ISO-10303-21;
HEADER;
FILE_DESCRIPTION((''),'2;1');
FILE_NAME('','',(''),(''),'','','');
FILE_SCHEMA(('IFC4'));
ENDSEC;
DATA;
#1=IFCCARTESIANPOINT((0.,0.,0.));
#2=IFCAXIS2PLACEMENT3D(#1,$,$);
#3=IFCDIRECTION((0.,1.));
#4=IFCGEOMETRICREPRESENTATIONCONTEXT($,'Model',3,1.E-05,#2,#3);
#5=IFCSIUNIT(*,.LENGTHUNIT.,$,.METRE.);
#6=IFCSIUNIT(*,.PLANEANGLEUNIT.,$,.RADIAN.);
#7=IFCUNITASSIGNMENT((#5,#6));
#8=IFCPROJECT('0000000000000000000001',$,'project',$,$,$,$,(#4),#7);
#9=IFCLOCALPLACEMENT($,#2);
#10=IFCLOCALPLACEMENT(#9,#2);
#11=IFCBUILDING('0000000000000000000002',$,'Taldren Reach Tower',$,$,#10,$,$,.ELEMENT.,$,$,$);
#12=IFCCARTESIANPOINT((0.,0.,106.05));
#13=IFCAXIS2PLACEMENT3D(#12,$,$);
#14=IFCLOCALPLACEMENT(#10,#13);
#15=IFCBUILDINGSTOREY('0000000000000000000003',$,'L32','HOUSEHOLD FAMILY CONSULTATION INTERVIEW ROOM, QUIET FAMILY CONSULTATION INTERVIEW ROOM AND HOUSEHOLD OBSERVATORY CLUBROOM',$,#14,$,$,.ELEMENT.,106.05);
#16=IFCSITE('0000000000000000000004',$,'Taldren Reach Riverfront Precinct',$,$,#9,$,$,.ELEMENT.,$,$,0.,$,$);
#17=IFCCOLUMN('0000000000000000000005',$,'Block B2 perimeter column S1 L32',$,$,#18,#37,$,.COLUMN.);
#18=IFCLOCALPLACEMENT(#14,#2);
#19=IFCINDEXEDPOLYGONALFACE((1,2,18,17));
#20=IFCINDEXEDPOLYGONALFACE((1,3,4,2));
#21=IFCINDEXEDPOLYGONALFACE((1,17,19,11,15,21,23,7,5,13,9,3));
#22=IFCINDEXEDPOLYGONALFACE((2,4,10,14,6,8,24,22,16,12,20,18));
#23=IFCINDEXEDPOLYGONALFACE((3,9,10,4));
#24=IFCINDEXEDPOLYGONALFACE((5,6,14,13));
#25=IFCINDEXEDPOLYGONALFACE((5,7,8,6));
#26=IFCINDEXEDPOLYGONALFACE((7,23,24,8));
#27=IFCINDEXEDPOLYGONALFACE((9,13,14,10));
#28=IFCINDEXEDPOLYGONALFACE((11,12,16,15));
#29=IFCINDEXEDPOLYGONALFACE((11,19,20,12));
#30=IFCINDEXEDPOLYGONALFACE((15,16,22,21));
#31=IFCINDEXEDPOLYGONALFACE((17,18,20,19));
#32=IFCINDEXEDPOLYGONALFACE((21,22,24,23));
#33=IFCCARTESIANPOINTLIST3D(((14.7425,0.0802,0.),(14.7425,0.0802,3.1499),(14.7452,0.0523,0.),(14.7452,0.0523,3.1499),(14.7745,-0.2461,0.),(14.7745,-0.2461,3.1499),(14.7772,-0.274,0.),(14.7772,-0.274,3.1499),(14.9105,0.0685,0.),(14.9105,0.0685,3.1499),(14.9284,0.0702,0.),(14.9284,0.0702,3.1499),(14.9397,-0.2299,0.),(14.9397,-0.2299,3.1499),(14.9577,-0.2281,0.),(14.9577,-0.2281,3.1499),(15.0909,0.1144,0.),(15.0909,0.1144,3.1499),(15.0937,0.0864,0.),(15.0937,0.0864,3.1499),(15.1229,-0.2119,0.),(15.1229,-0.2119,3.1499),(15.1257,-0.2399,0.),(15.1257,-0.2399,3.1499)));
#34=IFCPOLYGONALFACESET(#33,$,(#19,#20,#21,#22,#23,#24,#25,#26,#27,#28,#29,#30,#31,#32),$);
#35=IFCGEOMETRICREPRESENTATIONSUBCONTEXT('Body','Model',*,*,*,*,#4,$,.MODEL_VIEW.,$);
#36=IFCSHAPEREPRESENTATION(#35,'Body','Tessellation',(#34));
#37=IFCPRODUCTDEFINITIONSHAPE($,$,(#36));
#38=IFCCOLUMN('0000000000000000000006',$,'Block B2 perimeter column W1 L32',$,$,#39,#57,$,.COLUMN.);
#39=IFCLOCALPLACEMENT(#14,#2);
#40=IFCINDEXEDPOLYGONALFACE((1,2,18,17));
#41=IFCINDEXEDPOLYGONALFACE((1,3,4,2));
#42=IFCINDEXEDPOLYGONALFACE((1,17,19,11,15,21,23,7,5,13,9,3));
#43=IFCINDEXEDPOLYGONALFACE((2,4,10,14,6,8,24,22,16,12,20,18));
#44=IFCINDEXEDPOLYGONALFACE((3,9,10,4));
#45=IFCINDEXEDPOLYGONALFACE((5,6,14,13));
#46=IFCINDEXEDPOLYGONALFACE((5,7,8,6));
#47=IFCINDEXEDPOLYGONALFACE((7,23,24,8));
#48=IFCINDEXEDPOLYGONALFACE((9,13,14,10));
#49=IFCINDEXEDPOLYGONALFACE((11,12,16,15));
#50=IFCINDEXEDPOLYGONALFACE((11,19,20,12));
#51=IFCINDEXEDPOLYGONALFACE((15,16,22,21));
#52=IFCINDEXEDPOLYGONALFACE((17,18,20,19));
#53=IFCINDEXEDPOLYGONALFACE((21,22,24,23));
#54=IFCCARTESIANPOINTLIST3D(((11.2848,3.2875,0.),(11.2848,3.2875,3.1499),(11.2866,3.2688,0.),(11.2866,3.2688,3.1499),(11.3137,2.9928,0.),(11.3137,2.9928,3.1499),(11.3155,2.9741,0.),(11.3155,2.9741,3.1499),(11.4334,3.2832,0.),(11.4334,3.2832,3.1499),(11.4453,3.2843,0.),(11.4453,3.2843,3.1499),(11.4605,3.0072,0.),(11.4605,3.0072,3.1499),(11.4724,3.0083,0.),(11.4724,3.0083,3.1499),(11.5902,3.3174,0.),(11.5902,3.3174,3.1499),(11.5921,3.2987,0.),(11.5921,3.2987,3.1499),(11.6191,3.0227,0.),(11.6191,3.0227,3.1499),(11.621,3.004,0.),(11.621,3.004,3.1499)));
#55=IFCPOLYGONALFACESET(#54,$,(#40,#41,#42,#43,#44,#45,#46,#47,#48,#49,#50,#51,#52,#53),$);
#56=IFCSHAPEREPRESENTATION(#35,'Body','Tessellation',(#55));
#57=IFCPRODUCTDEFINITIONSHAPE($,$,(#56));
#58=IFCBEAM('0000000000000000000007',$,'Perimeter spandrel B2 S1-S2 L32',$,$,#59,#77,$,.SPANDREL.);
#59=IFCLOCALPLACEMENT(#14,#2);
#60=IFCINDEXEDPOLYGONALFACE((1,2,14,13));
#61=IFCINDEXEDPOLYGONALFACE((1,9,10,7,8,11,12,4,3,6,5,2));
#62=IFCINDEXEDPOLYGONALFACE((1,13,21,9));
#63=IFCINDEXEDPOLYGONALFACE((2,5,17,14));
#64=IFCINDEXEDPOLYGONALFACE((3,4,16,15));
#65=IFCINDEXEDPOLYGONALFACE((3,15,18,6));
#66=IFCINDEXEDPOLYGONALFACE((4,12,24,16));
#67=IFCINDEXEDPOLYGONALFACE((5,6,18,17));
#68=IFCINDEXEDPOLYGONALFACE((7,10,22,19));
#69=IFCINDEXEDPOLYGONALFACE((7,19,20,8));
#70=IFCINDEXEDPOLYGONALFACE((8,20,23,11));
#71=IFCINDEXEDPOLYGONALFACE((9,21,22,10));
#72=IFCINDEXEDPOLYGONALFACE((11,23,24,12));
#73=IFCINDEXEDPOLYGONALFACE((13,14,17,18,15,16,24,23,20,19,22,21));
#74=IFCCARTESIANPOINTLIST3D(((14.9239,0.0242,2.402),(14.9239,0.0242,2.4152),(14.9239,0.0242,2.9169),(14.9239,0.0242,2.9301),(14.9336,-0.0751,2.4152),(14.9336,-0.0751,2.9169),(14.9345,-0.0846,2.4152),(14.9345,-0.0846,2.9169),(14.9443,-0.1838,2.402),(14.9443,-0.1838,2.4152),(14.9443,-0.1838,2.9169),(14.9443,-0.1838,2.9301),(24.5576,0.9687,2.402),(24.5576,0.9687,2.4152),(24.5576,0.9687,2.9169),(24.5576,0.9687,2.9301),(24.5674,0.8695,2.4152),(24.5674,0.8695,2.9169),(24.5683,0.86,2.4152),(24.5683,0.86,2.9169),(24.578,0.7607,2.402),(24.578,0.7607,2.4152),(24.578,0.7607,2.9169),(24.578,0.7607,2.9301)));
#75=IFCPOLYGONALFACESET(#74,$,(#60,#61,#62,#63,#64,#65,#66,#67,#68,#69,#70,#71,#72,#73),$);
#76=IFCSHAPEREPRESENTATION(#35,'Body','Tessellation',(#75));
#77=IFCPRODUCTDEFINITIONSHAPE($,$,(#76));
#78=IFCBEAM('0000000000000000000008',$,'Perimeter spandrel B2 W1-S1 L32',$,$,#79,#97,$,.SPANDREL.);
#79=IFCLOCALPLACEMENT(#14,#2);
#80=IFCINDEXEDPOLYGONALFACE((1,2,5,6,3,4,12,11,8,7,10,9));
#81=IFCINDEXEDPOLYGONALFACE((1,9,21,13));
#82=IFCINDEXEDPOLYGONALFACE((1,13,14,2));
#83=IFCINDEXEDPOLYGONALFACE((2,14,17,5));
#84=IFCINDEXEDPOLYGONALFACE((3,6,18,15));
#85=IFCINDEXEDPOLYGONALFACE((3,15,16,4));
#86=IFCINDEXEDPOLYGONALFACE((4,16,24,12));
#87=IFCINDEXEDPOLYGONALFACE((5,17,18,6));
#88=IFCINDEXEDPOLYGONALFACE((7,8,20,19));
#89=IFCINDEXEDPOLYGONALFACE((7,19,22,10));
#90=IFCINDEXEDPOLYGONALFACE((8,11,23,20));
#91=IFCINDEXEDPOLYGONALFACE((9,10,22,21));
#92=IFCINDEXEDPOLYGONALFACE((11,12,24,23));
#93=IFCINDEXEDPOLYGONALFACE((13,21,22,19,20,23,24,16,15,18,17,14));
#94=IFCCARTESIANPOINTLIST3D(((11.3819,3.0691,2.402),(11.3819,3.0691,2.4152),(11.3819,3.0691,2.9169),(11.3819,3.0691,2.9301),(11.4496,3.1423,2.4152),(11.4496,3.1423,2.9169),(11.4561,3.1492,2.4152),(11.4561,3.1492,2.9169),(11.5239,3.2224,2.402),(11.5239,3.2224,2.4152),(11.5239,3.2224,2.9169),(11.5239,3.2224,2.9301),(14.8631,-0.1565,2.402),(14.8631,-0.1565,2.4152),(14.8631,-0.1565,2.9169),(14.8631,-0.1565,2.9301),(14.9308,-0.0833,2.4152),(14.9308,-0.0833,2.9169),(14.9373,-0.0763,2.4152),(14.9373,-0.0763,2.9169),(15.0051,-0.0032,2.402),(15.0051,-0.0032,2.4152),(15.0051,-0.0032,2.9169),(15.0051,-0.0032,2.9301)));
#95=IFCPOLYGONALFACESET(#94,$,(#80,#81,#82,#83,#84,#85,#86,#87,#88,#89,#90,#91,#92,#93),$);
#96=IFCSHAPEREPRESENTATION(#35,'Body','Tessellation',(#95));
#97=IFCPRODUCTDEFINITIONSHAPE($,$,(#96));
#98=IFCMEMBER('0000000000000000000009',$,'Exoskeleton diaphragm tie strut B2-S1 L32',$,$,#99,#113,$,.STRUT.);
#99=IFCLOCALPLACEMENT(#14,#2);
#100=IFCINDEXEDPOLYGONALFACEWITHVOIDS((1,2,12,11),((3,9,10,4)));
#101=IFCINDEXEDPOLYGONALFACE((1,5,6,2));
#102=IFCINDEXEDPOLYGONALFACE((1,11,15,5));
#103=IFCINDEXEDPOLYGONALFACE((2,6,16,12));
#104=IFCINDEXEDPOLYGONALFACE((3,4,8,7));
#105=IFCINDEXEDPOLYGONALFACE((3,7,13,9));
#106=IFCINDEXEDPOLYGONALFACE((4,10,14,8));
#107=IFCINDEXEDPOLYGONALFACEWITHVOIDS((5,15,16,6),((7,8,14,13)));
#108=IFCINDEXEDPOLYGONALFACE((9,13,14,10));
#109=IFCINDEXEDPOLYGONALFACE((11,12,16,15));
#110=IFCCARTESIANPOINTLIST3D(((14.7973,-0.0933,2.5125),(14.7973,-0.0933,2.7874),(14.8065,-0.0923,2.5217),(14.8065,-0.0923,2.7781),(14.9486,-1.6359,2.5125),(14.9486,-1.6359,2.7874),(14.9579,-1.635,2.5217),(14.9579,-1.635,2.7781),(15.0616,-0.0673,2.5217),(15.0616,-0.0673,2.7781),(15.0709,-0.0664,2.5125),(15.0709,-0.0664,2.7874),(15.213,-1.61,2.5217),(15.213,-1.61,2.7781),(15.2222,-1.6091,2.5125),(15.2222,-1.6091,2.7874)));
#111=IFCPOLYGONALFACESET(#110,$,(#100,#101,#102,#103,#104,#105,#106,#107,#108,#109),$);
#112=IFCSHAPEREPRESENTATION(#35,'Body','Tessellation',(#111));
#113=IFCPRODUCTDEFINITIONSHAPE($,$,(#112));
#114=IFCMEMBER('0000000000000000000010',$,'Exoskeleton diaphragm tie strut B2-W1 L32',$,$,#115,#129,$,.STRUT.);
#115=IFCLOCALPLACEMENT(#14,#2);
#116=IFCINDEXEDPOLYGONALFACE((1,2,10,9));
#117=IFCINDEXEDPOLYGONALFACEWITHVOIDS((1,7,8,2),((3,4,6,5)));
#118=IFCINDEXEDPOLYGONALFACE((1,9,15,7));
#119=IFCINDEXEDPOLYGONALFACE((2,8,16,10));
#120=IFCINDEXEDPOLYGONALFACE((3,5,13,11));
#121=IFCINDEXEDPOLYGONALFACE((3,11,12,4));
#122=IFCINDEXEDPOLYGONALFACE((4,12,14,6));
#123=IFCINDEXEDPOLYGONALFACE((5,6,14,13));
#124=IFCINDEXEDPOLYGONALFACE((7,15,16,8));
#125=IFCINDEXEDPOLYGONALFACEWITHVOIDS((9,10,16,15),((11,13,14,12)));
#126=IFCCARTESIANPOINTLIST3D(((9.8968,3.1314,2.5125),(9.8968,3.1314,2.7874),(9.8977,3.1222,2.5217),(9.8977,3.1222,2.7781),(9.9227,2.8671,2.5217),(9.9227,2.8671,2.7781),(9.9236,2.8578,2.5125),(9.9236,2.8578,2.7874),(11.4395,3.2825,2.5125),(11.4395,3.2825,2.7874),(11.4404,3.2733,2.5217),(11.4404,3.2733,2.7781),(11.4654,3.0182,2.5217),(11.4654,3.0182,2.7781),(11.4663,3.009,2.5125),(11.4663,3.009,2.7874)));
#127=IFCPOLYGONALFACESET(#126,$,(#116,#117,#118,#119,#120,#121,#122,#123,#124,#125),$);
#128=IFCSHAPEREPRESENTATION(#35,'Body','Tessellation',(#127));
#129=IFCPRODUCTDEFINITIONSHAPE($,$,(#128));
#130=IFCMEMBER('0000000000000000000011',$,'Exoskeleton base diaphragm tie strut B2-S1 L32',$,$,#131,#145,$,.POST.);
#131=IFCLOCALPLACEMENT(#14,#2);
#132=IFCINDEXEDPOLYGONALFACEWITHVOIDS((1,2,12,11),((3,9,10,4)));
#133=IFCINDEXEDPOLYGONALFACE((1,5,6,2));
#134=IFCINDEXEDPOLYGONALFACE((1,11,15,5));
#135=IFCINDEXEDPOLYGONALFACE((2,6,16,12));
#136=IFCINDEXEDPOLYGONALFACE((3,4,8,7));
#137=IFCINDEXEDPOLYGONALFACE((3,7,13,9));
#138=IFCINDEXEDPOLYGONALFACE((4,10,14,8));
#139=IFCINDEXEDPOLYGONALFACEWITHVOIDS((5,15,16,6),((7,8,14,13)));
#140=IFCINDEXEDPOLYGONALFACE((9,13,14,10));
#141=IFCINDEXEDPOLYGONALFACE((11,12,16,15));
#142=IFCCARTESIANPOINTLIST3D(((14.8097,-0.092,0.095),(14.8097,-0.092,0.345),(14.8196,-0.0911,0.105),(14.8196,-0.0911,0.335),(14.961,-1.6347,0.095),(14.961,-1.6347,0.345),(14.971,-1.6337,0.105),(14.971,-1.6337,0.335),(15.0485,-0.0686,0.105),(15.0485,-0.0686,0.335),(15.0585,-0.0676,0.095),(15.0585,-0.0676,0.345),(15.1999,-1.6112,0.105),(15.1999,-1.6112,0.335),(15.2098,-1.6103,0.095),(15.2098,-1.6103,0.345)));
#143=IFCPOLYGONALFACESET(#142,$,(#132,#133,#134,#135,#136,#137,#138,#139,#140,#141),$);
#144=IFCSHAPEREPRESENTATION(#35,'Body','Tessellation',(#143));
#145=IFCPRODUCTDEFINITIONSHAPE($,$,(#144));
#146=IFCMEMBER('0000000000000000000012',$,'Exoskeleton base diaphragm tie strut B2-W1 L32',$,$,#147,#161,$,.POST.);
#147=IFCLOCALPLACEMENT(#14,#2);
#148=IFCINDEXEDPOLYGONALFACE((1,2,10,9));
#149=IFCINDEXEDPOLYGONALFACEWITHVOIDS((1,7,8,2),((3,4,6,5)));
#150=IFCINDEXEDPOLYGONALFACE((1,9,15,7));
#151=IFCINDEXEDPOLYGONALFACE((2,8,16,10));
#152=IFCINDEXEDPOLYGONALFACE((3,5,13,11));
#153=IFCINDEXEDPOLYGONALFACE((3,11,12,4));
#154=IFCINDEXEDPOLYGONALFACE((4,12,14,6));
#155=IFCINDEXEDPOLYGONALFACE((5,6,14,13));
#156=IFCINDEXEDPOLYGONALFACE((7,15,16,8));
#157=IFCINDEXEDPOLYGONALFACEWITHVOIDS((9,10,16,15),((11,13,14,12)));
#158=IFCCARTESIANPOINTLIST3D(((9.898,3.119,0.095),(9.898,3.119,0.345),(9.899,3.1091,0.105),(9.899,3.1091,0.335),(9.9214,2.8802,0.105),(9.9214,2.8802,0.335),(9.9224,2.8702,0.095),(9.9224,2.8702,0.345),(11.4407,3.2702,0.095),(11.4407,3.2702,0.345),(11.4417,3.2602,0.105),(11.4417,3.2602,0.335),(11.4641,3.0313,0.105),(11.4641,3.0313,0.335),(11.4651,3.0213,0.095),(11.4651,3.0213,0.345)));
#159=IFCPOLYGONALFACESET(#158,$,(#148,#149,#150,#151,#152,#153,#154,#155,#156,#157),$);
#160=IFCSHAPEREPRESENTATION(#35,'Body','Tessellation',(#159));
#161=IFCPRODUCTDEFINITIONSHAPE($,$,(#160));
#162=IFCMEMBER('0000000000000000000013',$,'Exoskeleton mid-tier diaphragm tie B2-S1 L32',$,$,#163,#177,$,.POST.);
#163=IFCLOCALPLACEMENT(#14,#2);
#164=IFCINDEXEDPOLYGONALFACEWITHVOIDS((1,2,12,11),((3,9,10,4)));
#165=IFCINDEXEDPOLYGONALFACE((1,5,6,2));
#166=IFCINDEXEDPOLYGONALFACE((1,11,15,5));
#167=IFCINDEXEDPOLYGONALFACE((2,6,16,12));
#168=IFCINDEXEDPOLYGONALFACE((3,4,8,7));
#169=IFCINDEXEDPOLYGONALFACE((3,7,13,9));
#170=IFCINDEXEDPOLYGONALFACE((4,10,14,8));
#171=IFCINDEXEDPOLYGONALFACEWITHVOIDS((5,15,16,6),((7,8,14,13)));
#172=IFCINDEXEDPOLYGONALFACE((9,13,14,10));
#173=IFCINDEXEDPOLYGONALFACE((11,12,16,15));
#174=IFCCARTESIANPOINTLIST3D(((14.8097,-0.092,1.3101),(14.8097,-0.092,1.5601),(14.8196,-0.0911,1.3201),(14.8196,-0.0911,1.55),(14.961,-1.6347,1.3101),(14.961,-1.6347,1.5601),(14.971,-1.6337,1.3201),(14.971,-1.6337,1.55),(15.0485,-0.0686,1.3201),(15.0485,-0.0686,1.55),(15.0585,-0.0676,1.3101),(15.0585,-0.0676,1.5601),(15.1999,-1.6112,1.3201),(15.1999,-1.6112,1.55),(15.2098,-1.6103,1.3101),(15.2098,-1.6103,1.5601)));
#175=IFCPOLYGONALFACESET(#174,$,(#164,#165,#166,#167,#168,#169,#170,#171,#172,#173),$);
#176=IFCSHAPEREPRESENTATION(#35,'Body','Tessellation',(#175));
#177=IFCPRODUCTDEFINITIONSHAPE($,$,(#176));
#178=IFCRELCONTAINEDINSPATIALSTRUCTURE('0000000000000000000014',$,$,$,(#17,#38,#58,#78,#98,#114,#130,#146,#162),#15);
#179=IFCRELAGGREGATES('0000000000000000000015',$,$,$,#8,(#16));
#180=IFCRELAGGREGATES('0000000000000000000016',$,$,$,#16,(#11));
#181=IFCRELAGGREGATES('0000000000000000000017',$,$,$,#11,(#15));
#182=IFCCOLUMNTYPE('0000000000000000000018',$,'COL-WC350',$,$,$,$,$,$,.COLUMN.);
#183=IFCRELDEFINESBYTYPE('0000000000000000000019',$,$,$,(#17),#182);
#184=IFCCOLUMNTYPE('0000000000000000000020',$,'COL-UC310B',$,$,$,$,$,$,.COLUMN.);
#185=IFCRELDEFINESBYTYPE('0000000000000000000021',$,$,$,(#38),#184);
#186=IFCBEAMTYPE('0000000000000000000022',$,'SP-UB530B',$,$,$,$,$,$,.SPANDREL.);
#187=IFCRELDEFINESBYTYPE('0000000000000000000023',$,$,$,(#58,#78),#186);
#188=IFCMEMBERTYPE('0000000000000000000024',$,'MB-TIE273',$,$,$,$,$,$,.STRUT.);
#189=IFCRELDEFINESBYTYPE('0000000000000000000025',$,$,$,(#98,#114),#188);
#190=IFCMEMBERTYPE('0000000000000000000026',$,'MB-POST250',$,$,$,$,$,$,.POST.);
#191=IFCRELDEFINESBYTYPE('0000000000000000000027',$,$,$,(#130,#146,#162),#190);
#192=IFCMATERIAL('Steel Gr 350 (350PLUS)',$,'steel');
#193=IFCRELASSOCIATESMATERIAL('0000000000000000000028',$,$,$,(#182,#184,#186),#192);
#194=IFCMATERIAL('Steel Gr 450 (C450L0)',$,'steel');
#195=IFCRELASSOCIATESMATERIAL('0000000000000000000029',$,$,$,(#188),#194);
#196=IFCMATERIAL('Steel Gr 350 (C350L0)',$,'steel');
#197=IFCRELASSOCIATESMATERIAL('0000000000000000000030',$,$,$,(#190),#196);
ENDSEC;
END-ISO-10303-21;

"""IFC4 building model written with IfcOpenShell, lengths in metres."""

from ifc_helpers import new_model, si_unit, direction, frame, origin, origin_2d, place, context, subcontext, project, spatial, hollow_rectangle, i_section, extrude, source, transform, mapped, material, material_profile, profile_set, type_object, element, save


model = new_model("IFC4")

# Units and contexts
model_context = context("Model", 3, precision=1e-05, world=origin(), true_north=direction((0.0, 1.0)))
body_context = subcontext(model_context, "Body", "Model", "MODEL_VIEW")
ifc_project = project(units=[si_unit("LENGTHUNIT", "METRE"), si_unit("PLANEANGLEUNIT", "RADIAN")], contexts=[model_context])

# Site, building, storey
site_placement = place(None, origin())
site = spatial("IfcSite", under=ifc_project, at=site_placement, Name="Taldren Reach Riverfront Precinct", CompositionType="ELEMENT", RefElevation=0.0)
building_placement = place(site_placement, origin())
building = spatial("IfcBuilding", under=site, at=building_placement, Name="Taldren Reach Tower", CompositionType="ELEMENT")
storey_placement = place(building_placement, frame((0.0, 0.0, 106.05)))
storey = spatial("IfcBuildingStorey", under=building, at=storey_placement, Name="L32", Description="HOUSEHOLD FAMILY CONSULTATION INTERVIEW ROOM, QUIET FAMILY CONSULTATION INTERVIEW ROOM AND HOUSEHOLD OBSERVATORY CLUBROOM", CompositionType="ELEMENT", Elevation=106.05)

# Columns
ifc_material_1 = material(Name="Steel Gr 350 (350PLUS)", Category="steel")
ifc_material_profile_1 = material_profile(ifc_material_1, i_section(OverallWidth=0.3501, OverallDepth=0.356, WebThickness=0.0181, FlangeThickness=0.0281, at=origin_2d()), Name="350WC197")
ifc_profile_set_1 = profile_set([ifc_material_profile_1], Name="Steel Gr 350 (350PLUS)")
column_type_1 = type_object("IfcColumnType", Name="COL-WC350", PredefinedType="COLUMN", material=ifc_profile_set_1)
shared_shape_1 = source(origin(), body_context, "Body", "SweptSolid", [
    extrude(i_section(OverallWidth=0.3501, OverallDepth=0.356, WebThickness=0.0181, FlangeThickness=0.0281, at=origin_2d()), origin(), (0.0, 0.0, 1.0), 3.1499),
])
column_1_placement = place(storey_placement, frame((14.9341, -0.0798, 0.0), z_axis=(0.0, 0.0, 1.0), x_axis=(0.995227, 0.097583, 0.0)))
element("IfcColumn", 1, at=column_1_placement, inside=storey, type_object=column_type_1, Name="Block B2 perimeter column S1 L32", PredefinedType="COLUMN", context=body_context, shape_type="MappedRepresentation", body=[
    mapped(shared_shape_1, transform((0.0, 0.0, 0.0), scale=1.0)),
])
ifc_material_profile_2 = material_profile(ifc_material_1, i_section(OverallWidth=0.3069, OverallDepth=0.3149, WebThickness=0.012, FlangeThickness=0.0188, at=origin_2d()), Name="310UC118")
ifc_profile_set_2 = profile_set([ifc_material_profile_2], Name="Steel Gr 350 (350PLUS)")
column_type_2 = type_object("IfcColumnType", Name="COL-UC310B", PredefinedType="COLUMN", material=ifc_profile_set_2)
shared_shape_2 = source(origin(), body_context, "Body", "SweptSolid", [
    extrude(i_section(OverallWidth=0.3069, OverallDepth=0.3149, WebThickness=0.012, FlangeThickness=0.0188, at=origin_2d()), origin(), (0.0, 0.0, 1.0), 3.1499),
])
column_2_placement = place(storey_placement, frame((11.4529, 3.1458, 0.0), z_axis=(0.0, 0.0, 1.0), x_axis=(0.995227, 0.097583, 0.0)))
element("IfcColumn", 2, at=column_2_placement, inside=storey, type_object=column_type_2, Name="Block B2 perimeter column W1 L32", PredefinedType="COLUMN", context=body_context, shape_type="MappedRepresentation", body=[
    mapped(shared_shape_2, transform((0.0, 0.0, 0.0), scale=1.0)),
])

# Beams
ifc_material_profile_3 = material_profile(ifc_material_1, i_section(OverallWidth=0.209, OverallDepth=0.5281, WebThickness=0.0095, FlangeThickness=0.0132, at=origin_2d()), Name="530UB82.0")
ifc_profile_set_3 = profile_set([ifc_material_profile_3], Name="Steel Gr 350 (350PLUS)")
beam_type = type_object("IfcBeamType", Name="SP-UB530B", PredefinedType="SPANDREL", material=ifc_profile_set_3)
shared_shape_3 = source(origin(), body_context, "Body", "SweptSolid", [
    extrude(i_section(OverallWidth=0.209, OverallDepth=0.5281, WebThickness=0.0095, FlangeThickness=0.0132, at=origin_2d()), origin(), (0.0, 0.0, 1.0), 9.6799),
])
beam_1_placement = place(storey_placement, frame((14.9341, -0.0798, 2.666), z_axis=(0.995228, 0.097581, 0.0), x_axis=(-0.097581, 0.995228, 0.0)))
element("IfcBeam", 3, at=beam_1_placement, inside=storey, type_object=beam_type, Name="Perimeter spandrel B2 S1-S2 L32", PredefinedType="SPANDREL", context=body_context, shape_type="MappedRepresentation", body=[
    mapped(shared_shape_3, transform((0.0, 0.0, 0.0), scale=1.0)),
])
shared_shape_4 = source(origin(), body_context, "Body", "SweptSolid", [
    extrude(i_section(OverallWidth=0.209, OverallDepth=0.5281, WebThickness=0.0095, FlangeThickness=0.0132, at=origin_2d()), origin(), (0.0, 0.0, 1.0), 4.7458),
])
beam_2_placement = place(storey_placement, frame((11.4529, 3.1458, 2.666), z_axis=(0.733524, -0.679663, 0.0), x_axis=(0.679663, 0.733524, 0.0)))
element("IfcBeam", 4, at=beam_2_placement, inside=storey, type_object=beam_type, Name="Perimeter spandrel B2 W1-S1 L32", PredefinedType="SPANDREL", context=body_context, shape_type="MappedRepresentation", body=[
    mapped(shared_shape_4, transform((0.0, 0.0, 0.0), scale=1.0)),
])

# Members
ifc_material_2 = material(Name="Steel Gr 450 (C450L0)", Category="steel")
ifc_material_profile_4 = material_profile(ifc_material_2, hollow_rectangle(XDim=0.2749, YDim=0.2749, WallThickness=0.0093, at=origin_2d()), Name="275x275x9.3SHS")
ifc_profile_set_4 = profile_set([ifc_material_profile_4], Name="Steel Gr 450 (C450L0)")
member_type_1 = type_object("IfcMemberType", Name="MB-TIE273", PredefinedType="STRUT", material=ifc_profile_set_4)
shared_shape_5 = source(origin(), body_context, "Body", "SweptSolid", [
    extrude(hollow_rectangle(XDim=0.2749, YDim=0.2749, WallThickness=0.0093, at=origin_2d()), origin(), (0.0, 0.0, 1.0), 1.55),
])
for number, where, z_axis, x_axis, name in (
    (5, (14.9341, -0.0798, 2.6499), (0.097648, -0.995221, 0.0), (0.995221, 0.097648, 0.0), "Exoskeleton diaphragm tie strut B2-S1 L32"),
    (6, (11.4529, 3.1458, 2.6499), (-0.995236, -0.097492, 0.0), (0.097492, -0.995236, 0.0), "Exoskeleton diaphragm tie strut B2-W1 L32"),
):
    element("IfcMember", number, at=place(storey_placement, frame(where, z_axis=z_axis, x_axis=x_axis)), inside=storey, type_object=member_type_1, Name=name, PredefinedType="STRUT", context=body_context, shape_type="MappedRepresentation", body=[
        mapped(shared_shape_5, transform((0.0, 0.0, 0.0), scale=1.0)),
    ])
ifc_material_3 = material(Name="Steel Gr 350 (C350L0)", Category="steel")
ifc_material_profile_5 = material_profile(ifc_material_3, hollow_rectangle(XDim=0.25, YDim=0.25, WallThickness=0.01, at=origin_2d()), Name="250x250x10.0SHS")
ifc_profile_set_5 = profile_set([ifc_material_profile_5], Name="Steel Gr 350 (C350L0)")
member_type_2 = type_object("IfcMemberType", Name="MB-POST250", PredefinedType="POST", material=ifc_profile_set_5)
shared_shape_6 = source(origin(), body_context, "Body", "SweptSolid", [
    extrude(hollow_rectangle(XDim=0.25, YDim=0.25, WallThickness=0.01, at=origin_2d()), origin(), (0.0, 0.0, 1.0), 1.55),
])
for number, where, z_axis, x_axis, name in (
    (7, (14.9341, -0.0798, 0.22), (0.097648, -0.995221, 0.0), (0.995221, 0.097648, 0.0), "Exoskeleton base diaphragm tie strut B2-S1 L32"),
    (8, (11.4529, 3.1458, 0.22), (-0.995236, -0.097492, 0.0), (0.097492, -0.995236, 0.0), "Exoskeleton base diaphragm tie strut B2-W1 L32"),
    (9, (14.9341, -0.0798, 1.4351), (0.097648, -0.995221, 0.0), (0.995221, 0.097648, 0.0), "Exoskeleton mid-tier diaphragm tie B2-S1 L32"),
):
    element("IfcMember", number, at=place(storey_placement, frame(where, z_axis=z_axis, x_axis=x_axis)), inside=storey, type_object=member_type_2, Name=name, PredefinedType="POST", context=body_context, shape_type="MappedRepresentation", body=[
        mapped(shared_shape_6, transform((0.0, 0.0, 0.0), scale=1.0)),
    ])

save(model, "model.ifc")
